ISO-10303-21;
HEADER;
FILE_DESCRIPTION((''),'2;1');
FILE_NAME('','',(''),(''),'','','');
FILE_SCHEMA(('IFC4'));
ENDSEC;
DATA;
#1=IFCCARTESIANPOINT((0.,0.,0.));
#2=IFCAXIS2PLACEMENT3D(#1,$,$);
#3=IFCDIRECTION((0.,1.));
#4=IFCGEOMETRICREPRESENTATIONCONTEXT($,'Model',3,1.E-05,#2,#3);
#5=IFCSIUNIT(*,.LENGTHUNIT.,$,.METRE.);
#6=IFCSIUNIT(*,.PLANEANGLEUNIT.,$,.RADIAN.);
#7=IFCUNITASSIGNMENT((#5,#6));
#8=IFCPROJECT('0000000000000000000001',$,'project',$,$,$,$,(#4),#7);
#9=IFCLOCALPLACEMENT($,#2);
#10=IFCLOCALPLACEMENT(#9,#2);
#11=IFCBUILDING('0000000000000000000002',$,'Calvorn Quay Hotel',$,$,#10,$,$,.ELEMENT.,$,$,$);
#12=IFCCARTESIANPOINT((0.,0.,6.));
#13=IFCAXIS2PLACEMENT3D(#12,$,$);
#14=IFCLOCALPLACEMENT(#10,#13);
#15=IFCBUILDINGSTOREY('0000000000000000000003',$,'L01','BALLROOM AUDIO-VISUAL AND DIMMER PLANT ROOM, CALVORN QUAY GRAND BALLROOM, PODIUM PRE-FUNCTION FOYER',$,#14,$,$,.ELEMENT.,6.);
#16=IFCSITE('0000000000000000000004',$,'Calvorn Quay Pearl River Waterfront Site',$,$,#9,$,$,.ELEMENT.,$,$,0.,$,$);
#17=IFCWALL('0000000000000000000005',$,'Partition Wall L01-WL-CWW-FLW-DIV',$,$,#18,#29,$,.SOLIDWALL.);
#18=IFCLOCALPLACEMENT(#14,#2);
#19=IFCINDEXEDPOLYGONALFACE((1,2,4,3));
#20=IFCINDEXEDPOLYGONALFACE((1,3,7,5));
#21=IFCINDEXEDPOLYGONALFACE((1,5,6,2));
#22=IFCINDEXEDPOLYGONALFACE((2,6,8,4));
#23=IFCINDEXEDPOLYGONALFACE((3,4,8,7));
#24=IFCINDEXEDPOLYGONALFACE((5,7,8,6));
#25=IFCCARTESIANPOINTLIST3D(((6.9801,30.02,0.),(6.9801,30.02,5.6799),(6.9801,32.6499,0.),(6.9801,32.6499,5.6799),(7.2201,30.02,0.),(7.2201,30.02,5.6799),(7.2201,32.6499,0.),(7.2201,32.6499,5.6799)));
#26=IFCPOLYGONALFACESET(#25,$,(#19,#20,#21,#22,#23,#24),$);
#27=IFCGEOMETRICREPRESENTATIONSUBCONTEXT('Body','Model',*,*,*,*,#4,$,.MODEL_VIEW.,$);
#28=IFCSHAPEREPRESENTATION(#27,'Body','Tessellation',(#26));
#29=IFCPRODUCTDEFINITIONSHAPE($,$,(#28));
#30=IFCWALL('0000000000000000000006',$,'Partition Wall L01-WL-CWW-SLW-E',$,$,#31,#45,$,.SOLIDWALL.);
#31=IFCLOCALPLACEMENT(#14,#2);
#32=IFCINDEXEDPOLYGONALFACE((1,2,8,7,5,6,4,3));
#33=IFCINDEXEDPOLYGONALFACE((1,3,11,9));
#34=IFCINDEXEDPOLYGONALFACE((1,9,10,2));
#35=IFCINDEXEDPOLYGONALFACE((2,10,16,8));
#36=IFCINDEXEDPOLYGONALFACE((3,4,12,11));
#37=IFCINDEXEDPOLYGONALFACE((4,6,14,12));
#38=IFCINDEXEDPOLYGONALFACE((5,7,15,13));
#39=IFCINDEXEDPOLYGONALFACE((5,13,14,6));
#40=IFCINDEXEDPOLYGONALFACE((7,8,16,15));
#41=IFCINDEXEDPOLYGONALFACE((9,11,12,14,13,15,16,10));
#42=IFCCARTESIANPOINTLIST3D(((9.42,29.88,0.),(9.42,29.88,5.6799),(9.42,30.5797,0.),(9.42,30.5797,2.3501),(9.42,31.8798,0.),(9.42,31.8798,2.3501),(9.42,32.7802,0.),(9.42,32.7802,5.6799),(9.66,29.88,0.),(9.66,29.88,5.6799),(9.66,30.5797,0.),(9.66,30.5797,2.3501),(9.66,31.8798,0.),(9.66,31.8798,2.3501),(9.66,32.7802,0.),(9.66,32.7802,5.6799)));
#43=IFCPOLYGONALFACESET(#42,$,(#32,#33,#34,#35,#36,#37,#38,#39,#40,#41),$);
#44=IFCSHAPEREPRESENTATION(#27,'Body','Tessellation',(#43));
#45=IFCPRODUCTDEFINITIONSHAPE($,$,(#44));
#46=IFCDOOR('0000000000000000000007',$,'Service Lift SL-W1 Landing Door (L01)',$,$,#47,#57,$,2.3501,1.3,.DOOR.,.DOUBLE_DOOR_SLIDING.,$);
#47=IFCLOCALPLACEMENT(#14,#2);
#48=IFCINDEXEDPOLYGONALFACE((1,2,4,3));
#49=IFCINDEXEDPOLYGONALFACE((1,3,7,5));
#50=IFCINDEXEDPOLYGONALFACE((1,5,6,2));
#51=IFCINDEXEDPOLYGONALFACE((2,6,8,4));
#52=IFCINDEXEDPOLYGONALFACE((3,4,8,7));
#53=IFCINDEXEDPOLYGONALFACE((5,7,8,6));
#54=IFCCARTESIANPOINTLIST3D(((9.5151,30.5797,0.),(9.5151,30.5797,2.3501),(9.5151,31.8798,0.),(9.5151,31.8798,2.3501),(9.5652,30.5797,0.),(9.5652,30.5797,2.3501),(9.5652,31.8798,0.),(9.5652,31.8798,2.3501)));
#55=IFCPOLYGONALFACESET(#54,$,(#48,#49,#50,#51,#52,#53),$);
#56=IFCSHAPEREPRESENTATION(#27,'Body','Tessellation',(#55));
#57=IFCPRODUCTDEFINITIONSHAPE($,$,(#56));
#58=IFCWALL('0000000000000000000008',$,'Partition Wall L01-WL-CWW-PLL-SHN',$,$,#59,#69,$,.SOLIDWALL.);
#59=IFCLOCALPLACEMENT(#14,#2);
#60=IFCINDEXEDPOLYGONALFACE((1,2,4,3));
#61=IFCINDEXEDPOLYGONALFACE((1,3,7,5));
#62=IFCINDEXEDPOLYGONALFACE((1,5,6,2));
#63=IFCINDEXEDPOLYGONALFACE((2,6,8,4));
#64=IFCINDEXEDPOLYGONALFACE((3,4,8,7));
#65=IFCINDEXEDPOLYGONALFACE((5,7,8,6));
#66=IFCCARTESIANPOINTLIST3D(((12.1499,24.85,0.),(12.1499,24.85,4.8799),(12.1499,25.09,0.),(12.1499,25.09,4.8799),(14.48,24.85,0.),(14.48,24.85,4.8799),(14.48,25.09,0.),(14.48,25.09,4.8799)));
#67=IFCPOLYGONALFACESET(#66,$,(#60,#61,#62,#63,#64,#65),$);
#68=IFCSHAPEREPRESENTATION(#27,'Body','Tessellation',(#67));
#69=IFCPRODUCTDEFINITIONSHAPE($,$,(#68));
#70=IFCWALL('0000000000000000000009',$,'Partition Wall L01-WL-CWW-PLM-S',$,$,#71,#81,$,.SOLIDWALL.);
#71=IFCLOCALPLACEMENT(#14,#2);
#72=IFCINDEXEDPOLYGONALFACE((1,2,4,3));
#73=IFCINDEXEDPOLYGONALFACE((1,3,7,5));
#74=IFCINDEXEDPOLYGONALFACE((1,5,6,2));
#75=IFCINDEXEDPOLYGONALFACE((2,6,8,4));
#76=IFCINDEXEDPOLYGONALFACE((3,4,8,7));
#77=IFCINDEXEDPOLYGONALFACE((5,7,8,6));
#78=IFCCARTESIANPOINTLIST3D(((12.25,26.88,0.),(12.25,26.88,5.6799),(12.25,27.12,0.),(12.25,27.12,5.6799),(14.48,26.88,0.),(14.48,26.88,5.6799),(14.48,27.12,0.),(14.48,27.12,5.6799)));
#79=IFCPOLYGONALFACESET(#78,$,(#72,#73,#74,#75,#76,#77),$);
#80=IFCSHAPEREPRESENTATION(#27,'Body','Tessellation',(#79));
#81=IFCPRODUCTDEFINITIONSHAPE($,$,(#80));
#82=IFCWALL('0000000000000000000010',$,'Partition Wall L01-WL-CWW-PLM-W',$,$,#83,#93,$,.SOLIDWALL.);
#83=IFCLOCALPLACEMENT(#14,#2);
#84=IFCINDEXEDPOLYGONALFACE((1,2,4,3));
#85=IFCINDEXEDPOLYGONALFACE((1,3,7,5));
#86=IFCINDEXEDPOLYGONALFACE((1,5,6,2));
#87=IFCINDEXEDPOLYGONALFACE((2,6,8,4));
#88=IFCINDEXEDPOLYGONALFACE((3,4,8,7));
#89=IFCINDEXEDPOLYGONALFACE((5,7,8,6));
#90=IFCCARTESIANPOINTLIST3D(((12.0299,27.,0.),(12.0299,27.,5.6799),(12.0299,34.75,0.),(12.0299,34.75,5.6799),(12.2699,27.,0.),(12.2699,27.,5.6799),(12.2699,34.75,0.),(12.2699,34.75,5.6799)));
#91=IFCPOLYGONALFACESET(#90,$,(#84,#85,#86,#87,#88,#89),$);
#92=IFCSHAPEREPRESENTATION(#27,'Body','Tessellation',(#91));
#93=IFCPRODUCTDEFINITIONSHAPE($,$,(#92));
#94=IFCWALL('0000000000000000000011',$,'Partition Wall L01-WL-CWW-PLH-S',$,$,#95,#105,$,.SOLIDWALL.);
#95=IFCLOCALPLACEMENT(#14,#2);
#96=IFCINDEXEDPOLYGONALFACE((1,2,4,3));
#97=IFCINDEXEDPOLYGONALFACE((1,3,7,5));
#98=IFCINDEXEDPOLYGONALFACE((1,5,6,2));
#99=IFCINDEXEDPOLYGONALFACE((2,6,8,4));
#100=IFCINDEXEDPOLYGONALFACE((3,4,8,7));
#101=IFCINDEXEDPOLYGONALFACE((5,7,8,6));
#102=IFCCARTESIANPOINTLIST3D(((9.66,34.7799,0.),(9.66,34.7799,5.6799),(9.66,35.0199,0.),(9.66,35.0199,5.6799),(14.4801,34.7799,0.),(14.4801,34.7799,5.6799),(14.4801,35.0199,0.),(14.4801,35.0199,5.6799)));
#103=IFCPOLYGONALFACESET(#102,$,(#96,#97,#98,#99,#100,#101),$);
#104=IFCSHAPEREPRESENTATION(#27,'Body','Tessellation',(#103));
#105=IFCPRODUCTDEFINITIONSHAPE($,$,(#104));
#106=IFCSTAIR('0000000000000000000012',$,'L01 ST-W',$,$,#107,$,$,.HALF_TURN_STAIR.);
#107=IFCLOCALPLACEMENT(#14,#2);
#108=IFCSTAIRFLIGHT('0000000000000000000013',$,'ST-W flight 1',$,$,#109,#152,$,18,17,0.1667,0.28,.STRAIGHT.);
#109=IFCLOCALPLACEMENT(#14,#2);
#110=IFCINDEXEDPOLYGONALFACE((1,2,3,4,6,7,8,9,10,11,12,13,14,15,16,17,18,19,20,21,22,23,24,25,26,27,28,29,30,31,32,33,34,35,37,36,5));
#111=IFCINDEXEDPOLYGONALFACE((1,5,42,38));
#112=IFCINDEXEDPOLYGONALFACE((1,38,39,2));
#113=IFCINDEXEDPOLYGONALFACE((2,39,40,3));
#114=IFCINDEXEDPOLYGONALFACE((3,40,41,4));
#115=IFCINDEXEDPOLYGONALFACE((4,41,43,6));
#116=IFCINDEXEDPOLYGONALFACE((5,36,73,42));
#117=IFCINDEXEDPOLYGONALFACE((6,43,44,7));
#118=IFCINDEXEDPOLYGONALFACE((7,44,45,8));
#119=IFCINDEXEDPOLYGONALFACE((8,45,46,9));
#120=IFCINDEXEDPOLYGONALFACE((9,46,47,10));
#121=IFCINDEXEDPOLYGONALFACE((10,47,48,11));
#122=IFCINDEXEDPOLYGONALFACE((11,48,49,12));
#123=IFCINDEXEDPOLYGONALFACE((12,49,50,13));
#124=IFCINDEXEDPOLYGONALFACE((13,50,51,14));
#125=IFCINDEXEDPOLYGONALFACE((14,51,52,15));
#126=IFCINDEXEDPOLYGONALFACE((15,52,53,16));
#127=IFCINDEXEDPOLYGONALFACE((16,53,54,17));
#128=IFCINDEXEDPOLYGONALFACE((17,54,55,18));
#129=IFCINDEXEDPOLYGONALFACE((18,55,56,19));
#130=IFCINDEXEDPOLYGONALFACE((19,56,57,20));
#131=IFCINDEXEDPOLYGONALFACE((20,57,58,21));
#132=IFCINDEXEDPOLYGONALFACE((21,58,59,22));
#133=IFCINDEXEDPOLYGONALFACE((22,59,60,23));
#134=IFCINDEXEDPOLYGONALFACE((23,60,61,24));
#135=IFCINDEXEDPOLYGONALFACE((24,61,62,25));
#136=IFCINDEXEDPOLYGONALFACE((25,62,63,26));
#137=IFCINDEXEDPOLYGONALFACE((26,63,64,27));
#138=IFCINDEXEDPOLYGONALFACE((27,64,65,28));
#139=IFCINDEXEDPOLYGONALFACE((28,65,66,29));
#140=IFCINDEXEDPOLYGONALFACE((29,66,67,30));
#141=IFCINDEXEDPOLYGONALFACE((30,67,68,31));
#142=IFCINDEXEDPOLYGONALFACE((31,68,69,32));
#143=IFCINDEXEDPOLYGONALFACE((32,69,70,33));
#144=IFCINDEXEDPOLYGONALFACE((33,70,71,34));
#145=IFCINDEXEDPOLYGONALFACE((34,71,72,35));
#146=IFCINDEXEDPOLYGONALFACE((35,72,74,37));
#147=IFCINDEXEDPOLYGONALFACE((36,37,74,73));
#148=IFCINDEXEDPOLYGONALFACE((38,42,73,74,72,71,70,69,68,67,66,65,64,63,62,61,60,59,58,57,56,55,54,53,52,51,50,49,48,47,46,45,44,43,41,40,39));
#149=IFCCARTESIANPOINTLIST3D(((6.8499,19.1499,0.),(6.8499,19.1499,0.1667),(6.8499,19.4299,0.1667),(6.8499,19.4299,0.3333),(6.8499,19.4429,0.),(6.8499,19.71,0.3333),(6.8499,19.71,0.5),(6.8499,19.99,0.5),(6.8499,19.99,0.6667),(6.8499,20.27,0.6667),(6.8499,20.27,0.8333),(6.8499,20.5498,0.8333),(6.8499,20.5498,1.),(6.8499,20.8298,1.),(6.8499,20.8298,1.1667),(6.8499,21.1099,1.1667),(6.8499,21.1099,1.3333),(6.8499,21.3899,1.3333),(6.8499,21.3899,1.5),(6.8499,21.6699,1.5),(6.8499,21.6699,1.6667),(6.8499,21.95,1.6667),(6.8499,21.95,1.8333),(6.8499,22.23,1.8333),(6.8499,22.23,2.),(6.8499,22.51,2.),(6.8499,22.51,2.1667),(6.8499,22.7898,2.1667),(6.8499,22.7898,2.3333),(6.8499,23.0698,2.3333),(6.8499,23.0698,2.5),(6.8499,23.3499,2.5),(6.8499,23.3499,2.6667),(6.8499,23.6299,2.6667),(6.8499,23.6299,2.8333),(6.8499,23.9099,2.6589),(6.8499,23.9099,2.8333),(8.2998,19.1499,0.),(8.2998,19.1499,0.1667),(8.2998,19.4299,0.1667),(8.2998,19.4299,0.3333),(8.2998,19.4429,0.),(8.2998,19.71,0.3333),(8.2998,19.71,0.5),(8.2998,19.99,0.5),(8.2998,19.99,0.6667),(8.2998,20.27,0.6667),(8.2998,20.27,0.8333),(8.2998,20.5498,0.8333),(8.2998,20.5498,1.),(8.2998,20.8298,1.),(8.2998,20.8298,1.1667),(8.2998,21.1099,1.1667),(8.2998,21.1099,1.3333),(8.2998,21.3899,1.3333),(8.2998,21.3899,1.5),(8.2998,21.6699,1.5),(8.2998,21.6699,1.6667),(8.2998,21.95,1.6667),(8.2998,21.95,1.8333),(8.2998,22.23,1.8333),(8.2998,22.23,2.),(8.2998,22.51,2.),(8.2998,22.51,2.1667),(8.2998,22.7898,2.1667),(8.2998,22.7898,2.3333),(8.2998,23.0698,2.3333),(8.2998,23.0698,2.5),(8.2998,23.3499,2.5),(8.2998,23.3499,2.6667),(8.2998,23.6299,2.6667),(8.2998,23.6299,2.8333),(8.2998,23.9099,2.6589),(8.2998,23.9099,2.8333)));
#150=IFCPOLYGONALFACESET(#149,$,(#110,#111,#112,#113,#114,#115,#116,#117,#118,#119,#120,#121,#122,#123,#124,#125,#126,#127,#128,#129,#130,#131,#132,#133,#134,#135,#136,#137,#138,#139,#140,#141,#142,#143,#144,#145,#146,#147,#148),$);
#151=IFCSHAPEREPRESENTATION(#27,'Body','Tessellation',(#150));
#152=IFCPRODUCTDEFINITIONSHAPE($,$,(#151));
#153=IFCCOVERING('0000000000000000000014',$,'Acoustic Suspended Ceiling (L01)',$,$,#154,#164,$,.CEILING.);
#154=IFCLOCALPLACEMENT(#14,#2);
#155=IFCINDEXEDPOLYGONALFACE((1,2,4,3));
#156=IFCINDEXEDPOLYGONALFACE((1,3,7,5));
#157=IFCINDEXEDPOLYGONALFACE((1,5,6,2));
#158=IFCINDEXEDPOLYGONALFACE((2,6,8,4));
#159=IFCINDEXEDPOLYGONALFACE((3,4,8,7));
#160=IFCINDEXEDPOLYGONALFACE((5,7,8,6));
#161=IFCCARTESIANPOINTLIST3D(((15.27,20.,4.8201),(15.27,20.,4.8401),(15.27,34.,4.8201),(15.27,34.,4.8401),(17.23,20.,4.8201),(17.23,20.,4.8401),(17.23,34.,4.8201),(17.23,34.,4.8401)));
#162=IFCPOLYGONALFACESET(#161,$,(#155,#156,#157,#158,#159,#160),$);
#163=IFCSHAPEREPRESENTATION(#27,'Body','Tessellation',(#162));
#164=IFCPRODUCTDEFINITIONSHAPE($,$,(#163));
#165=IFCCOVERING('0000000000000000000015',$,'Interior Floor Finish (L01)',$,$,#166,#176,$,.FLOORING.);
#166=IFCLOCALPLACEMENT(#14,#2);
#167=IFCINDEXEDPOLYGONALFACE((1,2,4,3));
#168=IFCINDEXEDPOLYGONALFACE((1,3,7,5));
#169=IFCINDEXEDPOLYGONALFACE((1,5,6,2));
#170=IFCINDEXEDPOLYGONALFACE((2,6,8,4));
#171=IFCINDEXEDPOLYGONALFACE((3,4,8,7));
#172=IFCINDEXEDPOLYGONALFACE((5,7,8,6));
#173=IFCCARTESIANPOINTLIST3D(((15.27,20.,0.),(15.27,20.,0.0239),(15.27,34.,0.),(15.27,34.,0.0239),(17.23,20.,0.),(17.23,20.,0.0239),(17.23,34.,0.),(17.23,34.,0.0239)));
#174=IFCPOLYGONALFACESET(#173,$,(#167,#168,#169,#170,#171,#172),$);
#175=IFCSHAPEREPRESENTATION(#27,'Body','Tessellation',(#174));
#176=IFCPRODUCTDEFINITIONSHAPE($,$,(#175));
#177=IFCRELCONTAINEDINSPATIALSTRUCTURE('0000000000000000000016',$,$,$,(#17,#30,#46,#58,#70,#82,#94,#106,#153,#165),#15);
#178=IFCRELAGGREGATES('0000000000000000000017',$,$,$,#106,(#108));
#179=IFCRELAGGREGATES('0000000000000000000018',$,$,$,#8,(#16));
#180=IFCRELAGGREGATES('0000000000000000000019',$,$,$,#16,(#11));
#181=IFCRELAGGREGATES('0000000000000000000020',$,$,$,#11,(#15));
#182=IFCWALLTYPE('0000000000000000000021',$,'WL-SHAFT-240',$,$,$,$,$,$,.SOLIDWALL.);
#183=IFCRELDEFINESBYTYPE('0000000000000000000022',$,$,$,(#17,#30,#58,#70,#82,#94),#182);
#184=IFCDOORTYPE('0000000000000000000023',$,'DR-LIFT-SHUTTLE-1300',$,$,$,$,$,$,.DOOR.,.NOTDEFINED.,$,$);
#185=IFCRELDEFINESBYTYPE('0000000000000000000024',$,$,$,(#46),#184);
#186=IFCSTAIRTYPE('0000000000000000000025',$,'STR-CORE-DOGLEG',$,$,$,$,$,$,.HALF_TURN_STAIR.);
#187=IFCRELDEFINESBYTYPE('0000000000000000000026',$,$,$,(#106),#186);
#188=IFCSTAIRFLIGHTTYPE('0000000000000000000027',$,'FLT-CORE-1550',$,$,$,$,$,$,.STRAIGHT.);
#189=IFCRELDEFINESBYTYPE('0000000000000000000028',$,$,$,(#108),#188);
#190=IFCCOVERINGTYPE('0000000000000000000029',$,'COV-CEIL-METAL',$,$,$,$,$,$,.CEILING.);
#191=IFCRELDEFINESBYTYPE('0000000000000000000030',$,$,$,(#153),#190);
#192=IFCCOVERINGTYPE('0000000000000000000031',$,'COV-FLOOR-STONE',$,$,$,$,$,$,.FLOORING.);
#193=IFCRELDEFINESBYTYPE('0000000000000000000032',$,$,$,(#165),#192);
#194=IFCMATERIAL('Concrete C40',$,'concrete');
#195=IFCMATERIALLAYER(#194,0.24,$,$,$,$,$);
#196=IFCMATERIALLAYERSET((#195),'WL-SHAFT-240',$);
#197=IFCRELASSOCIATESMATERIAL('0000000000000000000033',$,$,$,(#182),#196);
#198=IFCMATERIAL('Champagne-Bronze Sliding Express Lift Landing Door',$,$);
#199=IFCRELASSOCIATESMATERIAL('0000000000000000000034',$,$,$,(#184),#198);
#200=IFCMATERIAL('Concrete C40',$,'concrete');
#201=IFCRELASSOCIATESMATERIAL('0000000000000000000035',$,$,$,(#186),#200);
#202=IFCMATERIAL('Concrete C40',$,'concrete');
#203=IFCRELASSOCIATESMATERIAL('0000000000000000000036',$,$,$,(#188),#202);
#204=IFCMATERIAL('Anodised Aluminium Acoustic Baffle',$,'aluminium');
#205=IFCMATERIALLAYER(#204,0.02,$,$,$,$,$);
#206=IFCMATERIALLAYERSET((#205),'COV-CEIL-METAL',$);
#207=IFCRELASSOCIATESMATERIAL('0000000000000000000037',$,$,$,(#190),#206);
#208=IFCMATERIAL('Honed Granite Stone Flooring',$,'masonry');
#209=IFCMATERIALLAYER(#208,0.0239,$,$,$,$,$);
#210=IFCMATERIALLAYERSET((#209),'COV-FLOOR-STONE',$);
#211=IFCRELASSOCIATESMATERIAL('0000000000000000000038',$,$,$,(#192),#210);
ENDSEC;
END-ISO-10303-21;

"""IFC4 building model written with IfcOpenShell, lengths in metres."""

from ifc_helpers import new_model, si_unit, direction, frame, frame_2d, origin, origin_2d, place, context, subcontext, project, spatial, polyline, rectangle, outline, extrude, material, layer, layer_set, type_object, element, fill, aggregate, save


model = new_model("IFC4")

# Units and contexts
model_context = context("Model", 3, precision=1e-05, world=origin(), true_north=direction((0.0, 1.0)))
body_context = subcontext(model_context, "Body", "Model", "MODEL_VIEW")
ifc_project = project(units=[si_unit("LENGTHUNIT", "METRE"), si_unit("PLANEANGLEUNIT", "RADIAN")], contexts=[model_context])

# Site, building, storey
site_placement = place(None, origin())
site = spatial("IfcSite", under=ifc_project, at=site_placement, Name="Calvorn Quay Pearl River Waterfront Site", CompositionType="ELEMENT", RefElevation=0.0)
building_placement = place(site_placement, origin())
building = spatial("IfcBuilding", under=site, at=building_placement, Name="Calvorn Quay Hotel", CompositionType="ELEMENT")
storey_placement = place(building_placement, frame((0.0, 0.0, 6.0)))
storey = spatial("IfcBuildingStorey", under=building, at=storey_placement, Name="L01", Description="BALLROOM AUDIO-VISUAL AND DIMMER PLANT ROOM, CALVORN QUAY GRAND BALLROOM, PODIUM PRE-FUNCTION FOYER", CompositionType="ELEMENT", Elevation=6.0)

# Shared definitions
ifc_material_1 = material(Name="Concrete C40", Category="concrete")
ifc_layer_1 = layer(ifc_material_1, 0.24)
ifc_layer_set_1 = layer_set([ifc_layer_1], Name="WL-SHAFT-240")
wall_type_1 = type_object("IfcWallType", Name="WL-SHAFT-240", PredefinedType="SOLIDWALL", material=ifc_layer_set_1)

# Wall
wall_1_placement = place(storey_placement, frame((7.1001, 30.02, 0.0), z_axis=(0.0, 0.0, 1.0), x_axis=(0.0, 1.0, 0.0)))
element("IfcWall", 1, at=wall_1_placement, inside=storey, type_object=wall_type_1, Name="Partition Wall L01-WL-CWW-FLW-DIV", PredefinedType="SOLIDWALL", context=body_context, shape_type="SweptSolid", body=[
    extrude(rectangle(XDim=2.6299, YDim=0.24, at=frame_2d((1.3149, 0.0))), origin(), (0.0, 0.0, 1.0), 5.6799),
])

# Wall, opening, door
wall_2_placement = place(storey_placement, frame((9.54, 29.8799, 0.0), z_axis=(0.0, 0.0, 1.0), x_axis=(0.0, 1.0, 0.0)))
wall_2 = element("IfcWall", 2, at=wall_2_placement, inside=storey, type_object=wall_type_1, Name="Partition Wall L01-WL-CWW-SLW-E", PredefinedType="SOLIDWALL", context=body_context, shape_type="SweptSolid", body=[
    extrude(rectangle(XDim=2.9001, YDim=0.24, at=frame_2d((1.4502, 0.0))), origin(), (0.0, 0.0, 1.0), 5.6799),
])
opening_1_placement = place(wall_2_placement, frame((0.7, 0.0, 0.0)))
opening_1 = element("IfcOpeningElement", 3, at=opening_1_placement, cuts=wall_2, PredefinedType="OPENING", context=body_context, shape_type="SweptSolid", body=[
    extrude(rectangle(XDim=1.3, YDim=2.3501, at=frame_2d((0.6499, 1.175))), frame((0.0, 0.1299, 0.0), z_axis=(0.0, -1.0, 0.0), x_axis=(1.0, 0.0, 0.0)), (0.0, 0.0, 1.0), 0.26),
])
ifc_material_2 = material(Name="Champagne-Bronze Sliding Express Lift Landing Door")
door_type_1 = type_object("IfcDoorType", Name="DR-LIFT-SHUTTLE-1300", OperationType="NOTDEFINED", PredefinedType="DOOR", material=ifc_material_2)
door_1_placement = place(opening_1_placement, origin())
door_1 = element("IfcDoor", 4, at=door_1_placement, inside=storey, type_object=door_type_1, Name="Service Lift SL-W1 Landing Door (L01)", OperationType="DOUBLE_DOOR_SLIDING", OverallHeight=2.3501, OverallWidth=1.3, PredefinedType="DOOR", context=body_context, shape_type="SweptSolid", body=[
    extrude(rectangle(XDim=1.3, YDim=2.3501, at=frame_2d((0.6499, 1.175))), frame((0.0, 0.0249, 0.0), z_axis=(0.0, -1.0, 0.0), x_axis=(1.0, 0.0, 0.0)), (0.0, 0.0, 1.0), 0.05),
])
fill(opening_1, door_1)

# Walls
wall_3_placement = place(storey_placement, frame((12.1499, 24.97, 0.0), z_axis=(0.0, 0.0, 1.0), x_axis=(1.0, 0.0, 0.0)))
element("IfcWall", 5, at=wall_3_placement, inside=storey, type_object=wall_type_1, Name="Partition Wall L01-WL-CWW-PLL-SHN", PredefinedType="SOLIDWALL", context=body_context, shape_type="SweptSolid", body=[
    extrude(rectangle(XDim=2.3301, YDim=0.24, at=frame_2d((1.165, 0.0))), origin(), (0.0, 0.0, 1.0), 4.8799),
])
wall_4_placement = place(storey_placement, frame((12.25, 27.0, 0.0), z_axis=(0.0, 0.0, 1.0), x_axis=(1.0, 0.0, 0.0)))
element("IfcWall", 6, at=wall_4_placement, inside=storey, type_object=wall_type_1, Name="Partition Wall L01-WL-CWW-PLM-S", PredefinedType="SOLIDWALL", context=body_context, shape_type="SweptSolid", body=[
    extrude(rectangle(XDim=2.23, YDim=0.24, at=frame_2d((1.115, 0.0))), origin(), (0.0, 0.0, 1.0), 5.6799),
])
wall_5_placement = place(storey_placement, frame((12.1499, 27.0, 0.0), z_axis=(0.0, 0.0, 1.0), x_axis=(0.0, 1.0, 0.0)))
element("IfcWall", 7, at=wall_5_placement, inside=storey, type_object=wall_type_1, Name="Partition Wall L01-WL-CWW-PLM-W", PredefinedType="SOLIDWALL", context=body_context, shape_type="SweptSolid", body=[
    extrude(rectangle(XDim=7.75, YDim=0.24, at=frame_2d((3.875, 0.0))), origin(), (0.0, 0.0, 1.0), 5.6799),
])
wall_6_placement = place(storey_placement, frame((9.6599, 34.8999, 0.0), z_axis=(0.0, 0.0, 1.0), x_axis=(1.0, 0.0, 0.0)))
element("IfcWall", 8, at=wall_6_placement, inside=storey, type_object=wall_type_1, Name="Partition Wall L01-WL-CWW-PLH-S", PredefinedType="SOLIDWALL", context=body_context, shape_type="SweptSolid", body=[
    extrude(rectangle(XDim=4.8201, YDim=0.24, at=frame_2d((2.4102, 0.0))), origin(), (0.0, 0.0, 1.0), 5.6799),
])

# Stair, stair flight
ifc_material_3 = material(Name="Concrete C40", Category="concrete")
stair_type = type_object("IfcStairType", Name="STR-CORE-DOGLEG", PredefinedType="HALF_TURN_STAIR", material=ifc_material_3)
stair_placement = place(storey_placement, origin())
stair = element("IfcStair", 9, at=stair_placement, inside=storey, type_object=stair_type, Name="L01 ST-W", PredefinedType="HALF_TURN_STAIR")
ifc_material_4 = material(Name="Concrete C40", Category="concrete")
stair_flight_type = type_object("IfcStairFlightType", Name="FLT-CORE-1550", PredefinedType="STRAIGHT", material=ifc_material_4)
stair_flight_placement = place(storey_placement, frame((7.575, 19.1499, 0.0), z_axis=(0.0, 0.0, 1.0), x_axis=(0.0, 1.0, 0.0)))
stair_flight = element("IfcStairFlight", 10, at=stair_flight_placement, type_object=stair_flight_type, Name="ST-W flight 1", NumberOfRisers=18, NumberOfTreads=17, PredefinedType="STRAIGHT", RiserHeight=0.1667, TreadLength=0.28, context=body_context, shape_type="SweptSolid", body=[
    extrude(outline(polyline([(0.0, 0.0), (0.0, 0.1667), (0.28, 0.1667), (0.28, 0.3333), (0.5601, 0.3333), (0.5601, 0.5), (0.8401, 0.5), (0.8401, 0.6667), (1.1201, 0.6667), (1.1201, 0.8333), (1.3999, 0.8333), (1.3999, 1.0), (1.6799, 1.0), (1.6799, 1.1667), (1.96, 1.1667), (1.96, 1.3333), (2.24, 1.3333), (2.24, 1.5), (2.52, 1.5), (2.52, 1.6667), (2.8, 1.6667), (2.8, 1.8333), (3.0801, 1.8333), (3.0801, 2.0), (3.3601, 2.0), (3.3601, 2.1667), (3.6399, 2.1667), (3.6399, 2.3333), (3.9199, 2.3333), (3.9199, 2.5), (4.2, 2.5), (4.2, 2.6667), (4.48, 2.6667), (4.48, 2.8333), (4.76, 2.8333), (4.76, 3.0), (4.76, 2.6589), (0.293, 0.0), (0.0, 0.0)])), frame((0.0, 0.7251, 0.0), z_axis=(0.0, -1.0, 0.0), x_axis=(1.0, 0.0, 0.0)), (0.0, 0.0, 1.0), 1.45),
])
aggregate(stair, [stair_flight])

# Coverings
ifc_material_5 = material(Name="Anodised Aluminium Acoustic Baffle", Category="aluminium")
ifc_layer_2 = layer(ifc_material_5, 0.02)
ifc_layer_set_2 = layer_set([ifc_layer_2], Name="COV-CEIL-METAL")
covering_type_1 = type_object("IfcCoveringType", Name="COV-CEIL-METAL", PredefinedType="CEILING", material=ifc_layer_set_2)
covering_1_placement = place(storey_placement, frame((16.25, 27.0, 4.8201), z_axis=(0.0, 0.0, 1.0), x_axis=(1.0, 0.0, 0.0)))
element("IfcCovering", 11, at=covering_1_placement, inside=storey, type_object=covering_type_1, Name="Acoustic Suspended Ceiling (L01)", PredefinedType="CEILING", context=body_context, shape_type="SweptSolid", body=[
    extrude(rectangle(XDim=1.96, YDim=14.0, at=origin_2d()), origin(), (0.0, 0.0, 1.0), 0.02),
])
ifc_material_6 = material(Name="Honed Granite Stone Flooring", Category="masonry")
ifc_layer_3 = layer(ifc_material_6, 0.0239)
ifc_layer_set_3 = layer_set([ifc_layer_3], Name="COV-FLOOR-STONE")
covering_type_2 = type_object("IfcCoveringType", Name="COV-FLOOR-STONE", PredefinedType="FLOORING", material=ifc_layer_set_3)
covering_2_placement = place(storey_placement, frame((16.25, 27.0, 0.0), z_axis=(0.0, 0.0, 1.0), x_axis=(1.0, 0.0, 0.0)))
element("IfcCovering", 12, at=covering_2_placement, inside=storey, type_object=covering_type_2, Name="Interior Floor Finish (L01)", PredefinedType="FLOORING", context=body_context, shape_type="SweptSolid", body=[
    extrude(rectangle(XDim=1.96, YDim=14.0, at=origin_2d()), origin(), (0.0, 0.0, 1.0), 0.0239),
])

save(model, "model.ifc")
